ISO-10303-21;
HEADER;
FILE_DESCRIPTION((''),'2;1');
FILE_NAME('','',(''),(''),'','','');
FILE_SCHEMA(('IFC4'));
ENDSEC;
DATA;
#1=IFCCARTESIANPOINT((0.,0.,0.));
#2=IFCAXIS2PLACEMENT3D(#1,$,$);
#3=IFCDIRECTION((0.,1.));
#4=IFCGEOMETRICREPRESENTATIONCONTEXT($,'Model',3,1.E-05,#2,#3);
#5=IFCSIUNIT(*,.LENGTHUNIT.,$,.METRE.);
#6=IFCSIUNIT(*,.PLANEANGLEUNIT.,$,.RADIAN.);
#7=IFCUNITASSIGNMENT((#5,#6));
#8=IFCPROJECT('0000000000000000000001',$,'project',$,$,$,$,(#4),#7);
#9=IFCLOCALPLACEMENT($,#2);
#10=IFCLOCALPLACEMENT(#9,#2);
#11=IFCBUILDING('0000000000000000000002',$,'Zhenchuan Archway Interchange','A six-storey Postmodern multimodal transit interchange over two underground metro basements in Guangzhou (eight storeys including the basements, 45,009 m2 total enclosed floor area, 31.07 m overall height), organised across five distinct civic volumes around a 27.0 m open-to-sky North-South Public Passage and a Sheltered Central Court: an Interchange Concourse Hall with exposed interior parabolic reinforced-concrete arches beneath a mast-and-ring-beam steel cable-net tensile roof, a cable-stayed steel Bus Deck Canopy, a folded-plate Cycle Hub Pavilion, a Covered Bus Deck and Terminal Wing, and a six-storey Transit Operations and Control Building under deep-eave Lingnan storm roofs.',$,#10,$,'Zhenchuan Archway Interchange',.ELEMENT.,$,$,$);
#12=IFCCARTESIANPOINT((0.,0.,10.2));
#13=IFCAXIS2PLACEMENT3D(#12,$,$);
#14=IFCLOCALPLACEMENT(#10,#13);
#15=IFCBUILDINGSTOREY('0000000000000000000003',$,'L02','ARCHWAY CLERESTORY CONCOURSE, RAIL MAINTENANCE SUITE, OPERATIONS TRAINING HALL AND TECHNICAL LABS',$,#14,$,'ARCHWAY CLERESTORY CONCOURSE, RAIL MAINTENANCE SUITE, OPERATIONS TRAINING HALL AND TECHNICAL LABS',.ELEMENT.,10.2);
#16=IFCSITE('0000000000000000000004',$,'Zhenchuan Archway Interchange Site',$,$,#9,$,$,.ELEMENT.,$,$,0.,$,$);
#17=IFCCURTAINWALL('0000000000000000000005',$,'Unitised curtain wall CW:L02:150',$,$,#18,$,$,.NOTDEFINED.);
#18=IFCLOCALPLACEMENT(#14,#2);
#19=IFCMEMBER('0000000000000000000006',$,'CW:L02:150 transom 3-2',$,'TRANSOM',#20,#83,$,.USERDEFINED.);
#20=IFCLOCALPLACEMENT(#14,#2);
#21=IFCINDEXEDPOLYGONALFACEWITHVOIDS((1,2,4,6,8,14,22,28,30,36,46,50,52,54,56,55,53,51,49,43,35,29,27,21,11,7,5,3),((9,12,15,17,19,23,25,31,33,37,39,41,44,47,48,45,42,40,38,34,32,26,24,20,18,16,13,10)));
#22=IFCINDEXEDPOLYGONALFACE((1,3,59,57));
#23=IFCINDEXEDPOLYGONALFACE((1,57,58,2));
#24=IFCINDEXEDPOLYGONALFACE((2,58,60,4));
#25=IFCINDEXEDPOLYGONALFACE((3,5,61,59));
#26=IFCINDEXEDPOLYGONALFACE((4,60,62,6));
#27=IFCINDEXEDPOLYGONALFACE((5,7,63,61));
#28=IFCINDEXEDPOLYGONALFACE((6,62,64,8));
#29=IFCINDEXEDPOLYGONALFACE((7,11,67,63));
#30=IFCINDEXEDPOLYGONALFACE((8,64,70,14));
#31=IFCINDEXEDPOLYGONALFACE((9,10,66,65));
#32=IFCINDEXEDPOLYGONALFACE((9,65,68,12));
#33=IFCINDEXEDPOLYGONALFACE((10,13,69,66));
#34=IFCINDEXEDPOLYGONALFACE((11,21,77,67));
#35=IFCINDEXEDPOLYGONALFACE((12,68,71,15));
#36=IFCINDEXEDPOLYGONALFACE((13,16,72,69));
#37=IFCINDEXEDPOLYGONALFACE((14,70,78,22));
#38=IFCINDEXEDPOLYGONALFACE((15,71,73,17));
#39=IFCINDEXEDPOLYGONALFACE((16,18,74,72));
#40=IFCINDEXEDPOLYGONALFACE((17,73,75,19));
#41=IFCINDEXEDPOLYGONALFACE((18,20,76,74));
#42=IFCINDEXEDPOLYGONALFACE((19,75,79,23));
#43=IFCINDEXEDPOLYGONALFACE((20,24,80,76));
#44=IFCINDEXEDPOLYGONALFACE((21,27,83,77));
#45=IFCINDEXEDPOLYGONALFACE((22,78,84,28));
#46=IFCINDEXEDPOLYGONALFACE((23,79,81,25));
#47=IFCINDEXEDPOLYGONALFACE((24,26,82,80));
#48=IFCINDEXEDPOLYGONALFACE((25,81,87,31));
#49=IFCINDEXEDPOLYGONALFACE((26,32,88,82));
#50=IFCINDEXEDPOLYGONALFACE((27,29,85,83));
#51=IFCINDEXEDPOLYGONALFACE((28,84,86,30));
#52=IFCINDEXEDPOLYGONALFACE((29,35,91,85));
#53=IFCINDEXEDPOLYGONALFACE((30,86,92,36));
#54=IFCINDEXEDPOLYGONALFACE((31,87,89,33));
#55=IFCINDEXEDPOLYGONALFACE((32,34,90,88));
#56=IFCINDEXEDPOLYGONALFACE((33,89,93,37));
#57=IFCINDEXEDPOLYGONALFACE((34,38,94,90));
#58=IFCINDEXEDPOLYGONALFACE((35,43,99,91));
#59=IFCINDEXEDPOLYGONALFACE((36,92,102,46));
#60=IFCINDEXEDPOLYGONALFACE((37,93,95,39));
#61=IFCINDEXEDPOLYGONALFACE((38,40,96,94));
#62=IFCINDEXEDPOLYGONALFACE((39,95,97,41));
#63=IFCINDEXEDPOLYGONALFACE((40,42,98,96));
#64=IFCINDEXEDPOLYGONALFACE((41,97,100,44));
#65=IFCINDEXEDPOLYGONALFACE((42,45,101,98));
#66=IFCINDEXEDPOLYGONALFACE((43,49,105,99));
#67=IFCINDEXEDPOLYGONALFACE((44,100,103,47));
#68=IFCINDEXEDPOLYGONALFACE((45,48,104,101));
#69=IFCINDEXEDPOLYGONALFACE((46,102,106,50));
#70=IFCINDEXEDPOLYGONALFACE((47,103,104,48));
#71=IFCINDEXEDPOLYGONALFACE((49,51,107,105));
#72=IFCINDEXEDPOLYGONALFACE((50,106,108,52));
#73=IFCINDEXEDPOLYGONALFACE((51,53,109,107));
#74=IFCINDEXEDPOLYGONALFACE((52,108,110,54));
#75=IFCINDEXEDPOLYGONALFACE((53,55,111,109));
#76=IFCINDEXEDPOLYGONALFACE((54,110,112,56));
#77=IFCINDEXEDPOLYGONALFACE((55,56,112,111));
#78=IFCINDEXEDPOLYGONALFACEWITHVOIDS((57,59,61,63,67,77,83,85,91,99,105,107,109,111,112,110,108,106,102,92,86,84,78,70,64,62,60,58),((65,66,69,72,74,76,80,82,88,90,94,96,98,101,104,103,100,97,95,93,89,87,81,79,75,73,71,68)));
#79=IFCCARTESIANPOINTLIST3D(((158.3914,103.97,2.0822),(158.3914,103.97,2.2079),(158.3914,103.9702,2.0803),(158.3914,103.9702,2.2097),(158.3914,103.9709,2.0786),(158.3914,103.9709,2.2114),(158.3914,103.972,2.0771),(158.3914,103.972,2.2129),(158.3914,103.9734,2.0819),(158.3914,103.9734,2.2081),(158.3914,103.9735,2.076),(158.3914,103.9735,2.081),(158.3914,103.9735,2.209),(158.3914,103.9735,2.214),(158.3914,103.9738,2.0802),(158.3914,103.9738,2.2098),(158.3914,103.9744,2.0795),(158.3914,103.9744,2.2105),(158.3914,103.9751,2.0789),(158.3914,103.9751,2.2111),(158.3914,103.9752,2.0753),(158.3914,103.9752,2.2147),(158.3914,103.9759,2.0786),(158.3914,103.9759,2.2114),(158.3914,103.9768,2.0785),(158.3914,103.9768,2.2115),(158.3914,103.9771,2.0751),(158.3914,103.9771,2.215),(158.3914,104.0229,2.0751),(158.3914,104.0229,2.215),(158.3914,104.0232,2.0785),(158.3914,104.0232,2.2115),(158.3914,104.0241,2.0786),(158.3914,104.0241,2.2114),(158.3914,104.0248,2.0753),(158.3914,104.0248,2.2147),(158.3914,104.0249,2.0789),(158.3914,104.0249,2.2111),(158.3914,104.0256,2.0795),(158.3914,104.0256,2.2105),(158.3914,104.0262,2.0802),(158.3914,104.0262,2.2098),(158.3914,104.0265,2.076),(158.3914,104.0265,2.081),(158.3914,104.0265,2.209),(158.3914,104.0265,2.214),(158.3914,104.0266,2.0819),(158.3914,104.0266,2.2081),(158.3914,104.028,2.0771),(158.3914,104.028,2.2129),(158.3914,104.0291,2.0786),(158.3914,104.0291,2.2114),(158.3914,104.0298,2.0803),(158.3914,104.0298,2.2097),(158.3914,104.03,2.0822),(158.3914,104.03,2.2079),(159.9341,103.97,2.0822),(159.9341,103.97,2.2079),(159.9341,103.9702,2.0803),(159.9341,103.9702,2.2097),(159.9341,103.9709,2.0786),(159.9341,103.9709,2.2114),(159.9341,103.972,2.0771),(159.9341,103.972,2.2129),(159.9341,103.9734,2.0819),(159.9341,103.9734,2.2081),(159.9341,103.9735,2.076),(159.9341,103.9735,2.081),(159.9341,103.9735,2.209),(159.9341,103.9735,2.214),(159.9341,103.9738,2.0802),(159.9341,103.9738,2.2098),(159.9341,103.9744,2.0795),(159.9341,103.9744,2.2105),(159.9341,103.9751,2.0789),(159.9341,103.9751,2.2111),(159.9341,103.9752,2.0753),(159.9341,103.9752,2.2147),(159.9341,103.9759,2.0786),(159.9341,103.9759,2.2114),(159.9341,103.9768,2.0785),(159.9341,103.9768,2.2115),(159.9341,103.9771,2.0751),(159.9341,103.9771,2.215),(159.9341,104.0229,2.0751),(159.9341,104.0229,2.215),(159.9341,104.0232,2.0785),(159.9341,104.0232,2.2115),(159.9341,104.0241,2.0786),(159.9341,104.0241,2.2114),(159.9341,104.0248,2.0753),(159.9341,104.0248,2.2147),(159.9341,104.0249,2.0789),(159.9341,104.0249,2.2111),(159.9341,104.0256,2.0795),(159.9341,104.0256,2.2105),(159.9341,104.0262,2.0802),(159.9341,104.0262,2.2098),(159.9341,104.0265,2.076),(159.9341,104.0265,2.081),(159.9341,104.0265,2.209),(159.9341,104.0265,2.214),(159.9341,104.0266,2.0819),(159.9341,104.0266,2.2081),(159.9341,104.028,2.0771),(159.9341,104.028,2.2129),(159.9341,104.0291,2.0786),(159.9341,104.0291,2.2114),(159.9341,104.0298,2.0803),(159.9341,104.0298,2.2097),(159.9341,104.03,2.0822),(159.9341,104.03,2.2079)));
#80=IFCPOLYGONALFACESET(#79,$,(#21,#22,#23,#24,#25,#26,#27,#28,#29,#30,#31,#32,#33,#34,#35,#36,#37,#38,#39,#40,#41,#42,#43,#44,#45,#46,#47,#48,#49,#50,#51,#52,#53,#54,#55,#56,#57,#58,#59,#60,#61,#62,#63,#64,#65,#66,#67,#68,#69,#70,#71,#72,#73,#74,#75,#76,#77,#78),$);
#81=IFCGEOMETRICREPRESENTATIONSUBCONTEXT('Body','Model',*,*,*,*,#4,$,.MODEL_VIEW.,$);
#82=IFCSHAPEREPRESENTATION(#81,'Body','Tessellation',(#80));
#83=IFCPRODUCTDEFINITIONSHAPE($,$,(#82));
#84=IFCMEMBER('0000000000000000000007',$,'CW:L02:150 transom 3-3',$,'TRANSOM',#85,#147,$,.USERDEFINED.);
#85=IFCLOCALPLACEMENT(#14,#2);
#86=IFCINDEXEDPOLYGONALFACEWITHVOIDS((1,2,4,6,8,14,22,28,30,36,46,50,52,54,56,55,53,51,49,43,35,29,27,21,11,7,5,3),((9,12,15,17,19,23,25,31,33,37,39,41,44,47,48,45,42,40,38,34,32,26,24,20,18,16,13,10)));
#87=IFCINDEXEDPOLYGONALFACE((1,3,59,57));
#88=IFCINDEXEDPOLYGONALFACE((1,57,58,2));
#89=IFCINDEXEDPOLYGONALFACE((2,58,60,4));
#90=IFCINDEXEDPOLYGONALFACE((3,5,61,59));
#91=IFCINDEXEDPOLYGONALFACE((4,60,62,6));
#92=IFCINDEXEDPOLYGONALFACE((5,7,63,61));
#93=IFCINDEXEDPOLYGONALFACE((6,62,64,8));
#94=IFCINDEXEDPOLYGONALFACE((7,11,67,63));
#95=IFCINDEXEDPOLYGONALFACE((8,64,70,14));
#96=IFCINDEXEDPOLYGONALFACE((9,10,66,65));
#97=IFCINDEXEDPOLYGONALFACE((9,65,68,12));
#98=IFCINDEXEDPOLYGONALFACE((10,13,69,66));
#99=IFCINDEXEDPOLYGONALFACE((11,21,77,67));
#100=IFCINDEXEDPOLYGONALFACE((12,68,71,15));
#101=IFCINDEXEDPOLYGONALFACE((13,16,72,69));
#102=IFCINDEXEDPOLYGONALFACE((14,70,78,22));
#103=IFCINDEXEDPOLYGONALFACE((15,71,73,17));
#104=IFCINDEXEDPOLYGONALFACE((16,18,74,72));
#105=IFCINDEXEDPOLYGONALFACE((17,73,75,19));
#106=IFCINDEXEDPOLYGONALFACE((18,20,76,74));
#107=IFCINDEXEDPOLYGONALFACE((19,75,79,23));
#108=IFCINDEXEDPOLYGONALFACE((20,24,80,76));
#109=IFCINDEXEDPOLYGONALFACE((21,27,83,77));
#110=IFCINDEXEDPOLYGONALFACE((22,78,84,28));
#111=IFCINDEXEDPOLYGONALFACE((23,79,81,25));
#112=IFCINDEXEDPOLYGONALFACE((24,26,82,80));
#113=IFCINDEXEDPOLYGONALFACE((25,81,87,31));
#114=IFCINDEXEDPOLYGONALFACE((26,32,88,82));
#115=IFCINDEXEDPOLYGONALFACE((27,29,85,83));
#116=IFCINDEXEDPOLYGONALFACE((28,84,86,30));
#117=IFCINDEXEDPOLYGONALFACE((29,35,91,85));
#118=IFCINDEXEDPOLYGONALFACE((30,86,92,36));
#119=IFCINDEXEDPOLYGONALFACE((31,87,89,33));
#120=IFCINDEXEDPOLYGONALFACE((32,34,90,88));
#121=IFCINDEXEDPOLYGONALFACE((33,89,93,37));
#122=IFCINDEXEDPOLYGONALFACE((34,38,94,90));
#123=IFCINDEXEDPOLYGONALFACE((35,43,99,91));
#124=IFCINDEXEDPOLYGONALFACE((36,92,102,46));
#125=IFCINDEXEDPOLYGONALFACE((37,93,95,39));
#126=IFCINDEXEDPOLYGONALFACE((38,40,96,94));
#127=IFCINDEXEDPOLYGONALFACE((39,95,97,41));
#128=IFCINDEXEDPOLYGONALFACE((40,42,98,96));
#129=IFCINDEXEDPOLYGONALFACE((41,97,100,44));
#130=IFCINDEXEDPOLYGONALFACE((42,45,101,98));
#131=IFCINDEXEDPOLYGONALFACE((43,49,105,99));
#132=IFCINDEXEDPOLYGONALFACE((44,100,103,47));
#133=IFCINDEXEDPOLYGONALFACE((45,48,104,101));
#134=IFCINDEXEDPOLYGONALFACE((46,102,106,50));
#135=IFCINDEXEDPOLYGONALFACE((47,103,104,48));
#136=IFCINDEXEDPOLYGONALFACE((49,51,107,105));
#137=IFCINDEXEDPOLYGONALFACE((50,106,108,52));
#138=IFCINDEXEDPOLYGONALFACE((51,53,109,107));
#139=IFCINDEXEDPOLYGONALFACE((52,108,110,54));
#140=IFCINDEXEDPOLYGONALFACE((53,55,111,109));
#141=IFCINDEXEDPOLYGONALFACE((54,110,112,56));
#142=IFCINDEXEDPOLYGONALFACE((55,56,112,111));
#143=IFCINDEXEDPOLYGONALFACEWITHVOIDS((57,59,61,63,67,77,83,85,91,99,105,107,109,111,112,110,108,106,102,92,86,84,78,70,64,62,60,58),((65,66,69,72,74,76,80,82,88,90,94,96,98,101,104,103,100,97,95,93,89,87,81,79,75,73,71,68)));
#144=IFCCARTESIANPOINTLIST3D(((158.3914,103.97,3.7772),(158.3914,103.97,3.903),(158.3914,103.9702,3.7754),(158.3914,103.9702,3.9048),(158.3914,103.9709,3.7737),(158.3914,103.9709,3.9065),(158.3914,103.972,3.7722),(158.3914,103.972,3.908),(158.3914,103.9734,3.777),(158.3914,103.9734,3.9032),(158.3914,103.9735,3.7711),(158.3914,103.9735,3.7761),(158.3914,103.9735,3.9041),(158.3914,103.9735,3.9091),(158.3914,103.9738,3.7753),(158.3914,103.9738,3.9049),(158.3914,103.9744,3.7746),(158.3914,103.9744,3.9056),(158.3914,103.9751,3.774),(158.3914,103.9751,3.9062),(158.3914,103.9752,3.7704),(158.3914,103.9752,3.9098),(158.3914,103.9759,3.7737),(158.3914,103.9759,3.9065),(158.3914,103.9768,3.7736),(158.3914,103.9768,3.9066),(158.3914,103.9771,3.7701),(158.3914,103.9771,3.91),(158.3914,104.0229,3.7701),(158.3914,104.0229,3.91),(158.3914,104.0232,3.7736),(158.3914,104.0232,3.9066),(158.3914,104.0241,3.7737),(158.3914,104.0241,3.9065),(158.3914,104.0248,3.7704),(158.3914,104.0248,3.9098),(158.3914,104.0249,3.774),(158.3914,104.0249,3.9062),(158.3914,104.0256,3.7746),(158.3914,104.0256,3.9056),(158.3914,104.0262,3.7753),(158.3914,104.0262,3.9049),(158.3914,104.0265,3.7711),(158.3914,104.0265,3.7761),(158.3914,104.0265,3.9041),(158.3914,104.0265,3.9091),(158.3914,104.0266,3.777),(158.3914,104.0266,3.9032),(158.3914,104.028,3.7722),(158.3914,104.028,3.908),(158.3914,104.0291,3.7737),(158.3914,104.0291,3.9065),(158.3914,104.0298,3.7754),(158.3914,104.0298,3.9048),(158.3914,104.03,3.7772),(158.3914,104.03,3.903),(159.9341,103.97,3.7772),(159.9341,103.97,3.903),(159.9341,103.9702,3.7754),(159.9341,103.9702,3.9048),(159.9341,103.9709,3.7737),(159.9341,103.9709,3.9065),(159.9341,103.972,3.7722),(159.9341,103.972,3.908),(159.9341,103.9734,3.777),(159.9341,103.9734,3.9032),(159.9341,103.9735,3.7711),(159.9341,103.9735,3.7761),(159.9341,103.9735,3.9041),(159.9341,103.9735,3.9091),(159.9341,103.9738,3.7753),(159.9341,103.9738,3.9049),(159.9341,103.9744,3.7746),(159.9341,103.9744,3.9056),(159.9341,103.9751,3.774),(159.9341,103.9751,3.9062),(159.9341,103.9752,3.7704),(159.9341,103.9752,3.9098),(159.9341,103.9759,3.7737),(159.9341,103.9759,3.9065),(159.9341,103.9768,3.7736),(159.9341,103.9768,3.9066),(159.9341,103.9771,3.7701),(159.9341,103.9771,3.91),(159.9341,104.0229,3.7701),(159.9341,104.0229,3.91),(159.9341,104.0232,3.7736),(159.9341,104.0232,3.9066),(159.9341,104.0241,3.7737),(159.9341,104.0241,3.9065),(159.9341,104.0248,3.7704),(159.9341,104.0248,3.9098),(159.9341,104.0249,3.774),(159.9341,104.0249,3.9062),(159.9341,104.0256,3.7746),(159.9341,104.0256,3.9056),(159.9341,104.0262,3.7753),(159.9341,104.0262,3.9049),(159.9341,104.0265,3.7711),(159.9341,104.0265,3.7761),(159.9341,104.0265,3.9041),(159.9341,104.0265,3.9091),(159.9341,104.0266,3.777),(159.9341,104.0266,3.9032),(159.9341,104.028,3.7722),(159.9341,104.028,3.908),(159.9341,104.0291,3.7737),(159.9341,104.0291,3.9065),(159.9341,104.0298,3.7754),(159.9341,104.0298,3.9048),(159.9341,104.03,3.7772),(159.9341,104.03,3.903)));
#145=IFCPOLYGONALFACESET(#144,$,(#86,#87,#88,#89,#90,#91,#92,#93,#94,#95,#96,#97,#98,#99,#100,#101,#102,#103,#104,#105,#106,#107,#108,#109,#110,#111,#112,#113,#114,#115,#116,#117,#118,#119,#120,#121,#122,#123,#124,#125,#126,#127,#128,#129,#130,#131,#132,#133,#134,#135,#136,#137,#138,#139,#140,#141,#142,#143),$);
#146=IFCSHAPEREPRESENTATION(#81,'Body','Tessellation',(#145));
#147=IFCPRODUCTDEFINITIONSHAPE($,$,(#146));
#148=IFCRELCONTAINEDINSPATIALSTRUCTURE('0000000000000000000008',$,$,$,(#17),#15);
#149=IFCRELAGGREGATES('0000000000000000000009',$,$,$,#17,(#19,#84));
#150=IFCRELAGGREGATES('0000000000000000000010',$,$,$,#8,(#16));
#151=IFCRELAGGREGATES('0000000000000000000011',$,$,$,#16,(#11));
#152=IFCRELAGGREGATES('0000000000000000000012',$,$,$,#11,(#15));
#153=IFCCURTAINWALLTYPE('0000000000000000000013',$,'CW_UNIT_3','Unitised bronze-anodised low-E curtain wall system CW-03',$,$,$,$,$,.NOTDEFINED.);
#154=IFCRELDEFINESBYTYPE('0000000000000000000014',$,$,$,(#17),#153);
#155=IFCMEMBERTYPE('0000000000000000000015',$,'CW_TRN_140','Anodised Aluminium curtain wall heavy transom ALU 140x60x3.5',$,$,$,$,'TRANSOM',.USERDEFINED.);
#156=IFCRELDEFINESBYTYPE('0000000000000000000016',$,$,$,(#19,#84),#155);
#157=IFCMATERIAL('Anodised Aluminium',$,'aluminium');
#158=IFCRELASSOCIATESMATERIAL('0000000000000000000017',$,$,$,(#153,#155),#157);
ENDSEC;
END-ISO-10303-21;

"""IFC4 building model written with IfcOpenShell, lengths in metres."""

from ifc_helpers import new_model, si_unit, direction, frame, origin, origin_2d, place, context, subcontext, project, spatial, hollow_rectangle, extrude, material, material_profile, profile_set, type_object, element, aggregate, save


model = new_model("IFC4")

# Units and contexts
model_context = context("Model", 3, precision=1e-05, world=origin(), true_north=direction((0.0, 1.0)))
body_context = subcontext(model_context, "Body", "Model", "MODEL_VIEW")
ifc_project = project(units=[si_unit("LENGTHUNIT", "METRE"), si_unit("PLANEANGLEUNIT", "RADIAN")], contexts=[model_context])

# Site, building, storey
site_placement = place(None, origin())
site = spatial("IfcSite", under=ifc_project, at=site_placement, Name="Zhenchuan Archway Interchange Site", CompositionType="ELEMENT", RefElevation=0.0)
building_placement = place(site_placement, origin())
building = spatial("IfcBuilding", under=site, at=building_placement, Name="Zhenchuan Archway Interchange", Description="A six-storey Postmodern multimodal transit interchange over two underground metro basements in Guangzhou (eight storeys including the basements, 45,009 m2 total enclosed floor area, 31.07 m overall height), organised across five distinct civic volumes around a 27.0 m open-to-sky North-South Public Passage and a Sheltered Central Court: an Interchange Concourse Hall with exposed interior parabolic reinforced-concrete arches beneath a mast-and-ring-beam steel cable-net tensile roof, a cable-stayed steel Bus Deck Canopy, a folded-plate Cycle Hub Pavilion, a Covered Bus Deck and Terminal Wing, and a six-storey Transit Operations and Control Building under deep-eave Lingnan storm roofs.", LongName="Zhenchuan Archway Interchange", CompositionType="ELEMENT")
storey_placement = place(building_placement, frame((0.0, 0.0, 10.2)))
storey = spatial("IfcBuildingStorey", under=building, at=storey_placement, Name="L02", Description="ARCHWAY CLERESTORY CONCOURSE, RAIL MAINTENANCE SUITE, OPERATIONS TRAINING HALL AND TECHNICAL LABS", LongName="ARCHWAY CLERESTORY CONCOURSE, RAIL MAINTENANCE SUITE, OPERATIONS TRAINING HALL AND TECHNICAL LABS", CompositionType="ELEMENT", Elevation=10.2)

# Curtain wall
ifc_material_1 = material(Name="Anodised Aluminium", Category="aluminium")
curtain_wall_type_1 = type_object("IfcCurtainWallType", Name="CW_UNIT_3", Description="Unitised bronze-anodised low-E curtain wall system CW-03", PredefinedType="NOTDEFINED", material=ifc_material_1)
curtain_wall_1_placement = place(storey_placement, origin())
curtain_wall_1 = element("IfcCurtainWall", 1, at=curtain_wall_1_placement, inside=storey, type_object=curtain_wall_type_1, Name="Unitised curtain wall CW:L02:150", PredefinedType="NOTDEFINED")

# Members
ifc_material_profile_1 = material_profile(ifc_material_1, hollow_rectangle(XDim=0.0601, YDim=0.1399, WallThickness=0.0034, InnerFilletRadius=0.0034, OuterFilletRadius=0.0071, at=origin_2d()), Name="ALU 140x60x3.5")
ifc_profile_set_1 = profile_set([ifc_material_profile_1], Name="Anodised Aluminium")
member_type_1 = type_object("IfcMemberType", Name="CW_TRN_140", Description="Anodised Aluminium curtain wall heavy transom ALU 140x60x3.5", ElementType="TRANSOM", PredefinedType="USERDEFINED", material=ifc_profile_set_1)
member_1_placement = place(storey_placement, frame((158.3914, 104.0, 2.145), z_axis=(1.0, 0.0, 0.0), x_axis=(0.0, 1.0, 0.0)))
member_1 = element("IfcMember", 2, at=member_1_placement, type_object=member_type_1, Name="CW:L02:150 transom 3-2", ObjectType="TRANSOM", PredefinedType="USERDEFINED", context=body_context, shape_type="SweptSolid", body=[
    extrude(hollow_rectangle(XDim=0.0601, YDim=0.1399, WallThickness=0.0034, InnerFilletRadius=0.0034, OuterFilletRadius=0.0071, at=origin_2d()), origin(), (0.0, 0.0, 1.0), 1.5427),
])
member_2_placement = place(storey_placement, frame((158.3914, 104.0, 3.8401), z_axis=(1.0, 0.0, 0.0), x_axis=(0.0, 1.0, 0.0)))
member_2 = element("IfcMember", 3, at=member_2_placement, type_object=member_type_1, Name="CW:L02:150 transom 3-3", ObjectType="TRANSOM", PredefinedType="USERDEFINED", context=body_context, shape_type="SweptSolid", body=[
    extrude(hollow_rectangle(XDim=0.0601, YDim=0.1399, WallThickness=0.0034, InnerFilletRadius=0.0034, OuterFilletRadius=0.0071, at=origin_2d()), origin(), (0.0, 0.0, 1.0), 1.5427),
])

aggregate(curtain_wall_1, [member_1, member_2])

save(model, "model.ifc")
